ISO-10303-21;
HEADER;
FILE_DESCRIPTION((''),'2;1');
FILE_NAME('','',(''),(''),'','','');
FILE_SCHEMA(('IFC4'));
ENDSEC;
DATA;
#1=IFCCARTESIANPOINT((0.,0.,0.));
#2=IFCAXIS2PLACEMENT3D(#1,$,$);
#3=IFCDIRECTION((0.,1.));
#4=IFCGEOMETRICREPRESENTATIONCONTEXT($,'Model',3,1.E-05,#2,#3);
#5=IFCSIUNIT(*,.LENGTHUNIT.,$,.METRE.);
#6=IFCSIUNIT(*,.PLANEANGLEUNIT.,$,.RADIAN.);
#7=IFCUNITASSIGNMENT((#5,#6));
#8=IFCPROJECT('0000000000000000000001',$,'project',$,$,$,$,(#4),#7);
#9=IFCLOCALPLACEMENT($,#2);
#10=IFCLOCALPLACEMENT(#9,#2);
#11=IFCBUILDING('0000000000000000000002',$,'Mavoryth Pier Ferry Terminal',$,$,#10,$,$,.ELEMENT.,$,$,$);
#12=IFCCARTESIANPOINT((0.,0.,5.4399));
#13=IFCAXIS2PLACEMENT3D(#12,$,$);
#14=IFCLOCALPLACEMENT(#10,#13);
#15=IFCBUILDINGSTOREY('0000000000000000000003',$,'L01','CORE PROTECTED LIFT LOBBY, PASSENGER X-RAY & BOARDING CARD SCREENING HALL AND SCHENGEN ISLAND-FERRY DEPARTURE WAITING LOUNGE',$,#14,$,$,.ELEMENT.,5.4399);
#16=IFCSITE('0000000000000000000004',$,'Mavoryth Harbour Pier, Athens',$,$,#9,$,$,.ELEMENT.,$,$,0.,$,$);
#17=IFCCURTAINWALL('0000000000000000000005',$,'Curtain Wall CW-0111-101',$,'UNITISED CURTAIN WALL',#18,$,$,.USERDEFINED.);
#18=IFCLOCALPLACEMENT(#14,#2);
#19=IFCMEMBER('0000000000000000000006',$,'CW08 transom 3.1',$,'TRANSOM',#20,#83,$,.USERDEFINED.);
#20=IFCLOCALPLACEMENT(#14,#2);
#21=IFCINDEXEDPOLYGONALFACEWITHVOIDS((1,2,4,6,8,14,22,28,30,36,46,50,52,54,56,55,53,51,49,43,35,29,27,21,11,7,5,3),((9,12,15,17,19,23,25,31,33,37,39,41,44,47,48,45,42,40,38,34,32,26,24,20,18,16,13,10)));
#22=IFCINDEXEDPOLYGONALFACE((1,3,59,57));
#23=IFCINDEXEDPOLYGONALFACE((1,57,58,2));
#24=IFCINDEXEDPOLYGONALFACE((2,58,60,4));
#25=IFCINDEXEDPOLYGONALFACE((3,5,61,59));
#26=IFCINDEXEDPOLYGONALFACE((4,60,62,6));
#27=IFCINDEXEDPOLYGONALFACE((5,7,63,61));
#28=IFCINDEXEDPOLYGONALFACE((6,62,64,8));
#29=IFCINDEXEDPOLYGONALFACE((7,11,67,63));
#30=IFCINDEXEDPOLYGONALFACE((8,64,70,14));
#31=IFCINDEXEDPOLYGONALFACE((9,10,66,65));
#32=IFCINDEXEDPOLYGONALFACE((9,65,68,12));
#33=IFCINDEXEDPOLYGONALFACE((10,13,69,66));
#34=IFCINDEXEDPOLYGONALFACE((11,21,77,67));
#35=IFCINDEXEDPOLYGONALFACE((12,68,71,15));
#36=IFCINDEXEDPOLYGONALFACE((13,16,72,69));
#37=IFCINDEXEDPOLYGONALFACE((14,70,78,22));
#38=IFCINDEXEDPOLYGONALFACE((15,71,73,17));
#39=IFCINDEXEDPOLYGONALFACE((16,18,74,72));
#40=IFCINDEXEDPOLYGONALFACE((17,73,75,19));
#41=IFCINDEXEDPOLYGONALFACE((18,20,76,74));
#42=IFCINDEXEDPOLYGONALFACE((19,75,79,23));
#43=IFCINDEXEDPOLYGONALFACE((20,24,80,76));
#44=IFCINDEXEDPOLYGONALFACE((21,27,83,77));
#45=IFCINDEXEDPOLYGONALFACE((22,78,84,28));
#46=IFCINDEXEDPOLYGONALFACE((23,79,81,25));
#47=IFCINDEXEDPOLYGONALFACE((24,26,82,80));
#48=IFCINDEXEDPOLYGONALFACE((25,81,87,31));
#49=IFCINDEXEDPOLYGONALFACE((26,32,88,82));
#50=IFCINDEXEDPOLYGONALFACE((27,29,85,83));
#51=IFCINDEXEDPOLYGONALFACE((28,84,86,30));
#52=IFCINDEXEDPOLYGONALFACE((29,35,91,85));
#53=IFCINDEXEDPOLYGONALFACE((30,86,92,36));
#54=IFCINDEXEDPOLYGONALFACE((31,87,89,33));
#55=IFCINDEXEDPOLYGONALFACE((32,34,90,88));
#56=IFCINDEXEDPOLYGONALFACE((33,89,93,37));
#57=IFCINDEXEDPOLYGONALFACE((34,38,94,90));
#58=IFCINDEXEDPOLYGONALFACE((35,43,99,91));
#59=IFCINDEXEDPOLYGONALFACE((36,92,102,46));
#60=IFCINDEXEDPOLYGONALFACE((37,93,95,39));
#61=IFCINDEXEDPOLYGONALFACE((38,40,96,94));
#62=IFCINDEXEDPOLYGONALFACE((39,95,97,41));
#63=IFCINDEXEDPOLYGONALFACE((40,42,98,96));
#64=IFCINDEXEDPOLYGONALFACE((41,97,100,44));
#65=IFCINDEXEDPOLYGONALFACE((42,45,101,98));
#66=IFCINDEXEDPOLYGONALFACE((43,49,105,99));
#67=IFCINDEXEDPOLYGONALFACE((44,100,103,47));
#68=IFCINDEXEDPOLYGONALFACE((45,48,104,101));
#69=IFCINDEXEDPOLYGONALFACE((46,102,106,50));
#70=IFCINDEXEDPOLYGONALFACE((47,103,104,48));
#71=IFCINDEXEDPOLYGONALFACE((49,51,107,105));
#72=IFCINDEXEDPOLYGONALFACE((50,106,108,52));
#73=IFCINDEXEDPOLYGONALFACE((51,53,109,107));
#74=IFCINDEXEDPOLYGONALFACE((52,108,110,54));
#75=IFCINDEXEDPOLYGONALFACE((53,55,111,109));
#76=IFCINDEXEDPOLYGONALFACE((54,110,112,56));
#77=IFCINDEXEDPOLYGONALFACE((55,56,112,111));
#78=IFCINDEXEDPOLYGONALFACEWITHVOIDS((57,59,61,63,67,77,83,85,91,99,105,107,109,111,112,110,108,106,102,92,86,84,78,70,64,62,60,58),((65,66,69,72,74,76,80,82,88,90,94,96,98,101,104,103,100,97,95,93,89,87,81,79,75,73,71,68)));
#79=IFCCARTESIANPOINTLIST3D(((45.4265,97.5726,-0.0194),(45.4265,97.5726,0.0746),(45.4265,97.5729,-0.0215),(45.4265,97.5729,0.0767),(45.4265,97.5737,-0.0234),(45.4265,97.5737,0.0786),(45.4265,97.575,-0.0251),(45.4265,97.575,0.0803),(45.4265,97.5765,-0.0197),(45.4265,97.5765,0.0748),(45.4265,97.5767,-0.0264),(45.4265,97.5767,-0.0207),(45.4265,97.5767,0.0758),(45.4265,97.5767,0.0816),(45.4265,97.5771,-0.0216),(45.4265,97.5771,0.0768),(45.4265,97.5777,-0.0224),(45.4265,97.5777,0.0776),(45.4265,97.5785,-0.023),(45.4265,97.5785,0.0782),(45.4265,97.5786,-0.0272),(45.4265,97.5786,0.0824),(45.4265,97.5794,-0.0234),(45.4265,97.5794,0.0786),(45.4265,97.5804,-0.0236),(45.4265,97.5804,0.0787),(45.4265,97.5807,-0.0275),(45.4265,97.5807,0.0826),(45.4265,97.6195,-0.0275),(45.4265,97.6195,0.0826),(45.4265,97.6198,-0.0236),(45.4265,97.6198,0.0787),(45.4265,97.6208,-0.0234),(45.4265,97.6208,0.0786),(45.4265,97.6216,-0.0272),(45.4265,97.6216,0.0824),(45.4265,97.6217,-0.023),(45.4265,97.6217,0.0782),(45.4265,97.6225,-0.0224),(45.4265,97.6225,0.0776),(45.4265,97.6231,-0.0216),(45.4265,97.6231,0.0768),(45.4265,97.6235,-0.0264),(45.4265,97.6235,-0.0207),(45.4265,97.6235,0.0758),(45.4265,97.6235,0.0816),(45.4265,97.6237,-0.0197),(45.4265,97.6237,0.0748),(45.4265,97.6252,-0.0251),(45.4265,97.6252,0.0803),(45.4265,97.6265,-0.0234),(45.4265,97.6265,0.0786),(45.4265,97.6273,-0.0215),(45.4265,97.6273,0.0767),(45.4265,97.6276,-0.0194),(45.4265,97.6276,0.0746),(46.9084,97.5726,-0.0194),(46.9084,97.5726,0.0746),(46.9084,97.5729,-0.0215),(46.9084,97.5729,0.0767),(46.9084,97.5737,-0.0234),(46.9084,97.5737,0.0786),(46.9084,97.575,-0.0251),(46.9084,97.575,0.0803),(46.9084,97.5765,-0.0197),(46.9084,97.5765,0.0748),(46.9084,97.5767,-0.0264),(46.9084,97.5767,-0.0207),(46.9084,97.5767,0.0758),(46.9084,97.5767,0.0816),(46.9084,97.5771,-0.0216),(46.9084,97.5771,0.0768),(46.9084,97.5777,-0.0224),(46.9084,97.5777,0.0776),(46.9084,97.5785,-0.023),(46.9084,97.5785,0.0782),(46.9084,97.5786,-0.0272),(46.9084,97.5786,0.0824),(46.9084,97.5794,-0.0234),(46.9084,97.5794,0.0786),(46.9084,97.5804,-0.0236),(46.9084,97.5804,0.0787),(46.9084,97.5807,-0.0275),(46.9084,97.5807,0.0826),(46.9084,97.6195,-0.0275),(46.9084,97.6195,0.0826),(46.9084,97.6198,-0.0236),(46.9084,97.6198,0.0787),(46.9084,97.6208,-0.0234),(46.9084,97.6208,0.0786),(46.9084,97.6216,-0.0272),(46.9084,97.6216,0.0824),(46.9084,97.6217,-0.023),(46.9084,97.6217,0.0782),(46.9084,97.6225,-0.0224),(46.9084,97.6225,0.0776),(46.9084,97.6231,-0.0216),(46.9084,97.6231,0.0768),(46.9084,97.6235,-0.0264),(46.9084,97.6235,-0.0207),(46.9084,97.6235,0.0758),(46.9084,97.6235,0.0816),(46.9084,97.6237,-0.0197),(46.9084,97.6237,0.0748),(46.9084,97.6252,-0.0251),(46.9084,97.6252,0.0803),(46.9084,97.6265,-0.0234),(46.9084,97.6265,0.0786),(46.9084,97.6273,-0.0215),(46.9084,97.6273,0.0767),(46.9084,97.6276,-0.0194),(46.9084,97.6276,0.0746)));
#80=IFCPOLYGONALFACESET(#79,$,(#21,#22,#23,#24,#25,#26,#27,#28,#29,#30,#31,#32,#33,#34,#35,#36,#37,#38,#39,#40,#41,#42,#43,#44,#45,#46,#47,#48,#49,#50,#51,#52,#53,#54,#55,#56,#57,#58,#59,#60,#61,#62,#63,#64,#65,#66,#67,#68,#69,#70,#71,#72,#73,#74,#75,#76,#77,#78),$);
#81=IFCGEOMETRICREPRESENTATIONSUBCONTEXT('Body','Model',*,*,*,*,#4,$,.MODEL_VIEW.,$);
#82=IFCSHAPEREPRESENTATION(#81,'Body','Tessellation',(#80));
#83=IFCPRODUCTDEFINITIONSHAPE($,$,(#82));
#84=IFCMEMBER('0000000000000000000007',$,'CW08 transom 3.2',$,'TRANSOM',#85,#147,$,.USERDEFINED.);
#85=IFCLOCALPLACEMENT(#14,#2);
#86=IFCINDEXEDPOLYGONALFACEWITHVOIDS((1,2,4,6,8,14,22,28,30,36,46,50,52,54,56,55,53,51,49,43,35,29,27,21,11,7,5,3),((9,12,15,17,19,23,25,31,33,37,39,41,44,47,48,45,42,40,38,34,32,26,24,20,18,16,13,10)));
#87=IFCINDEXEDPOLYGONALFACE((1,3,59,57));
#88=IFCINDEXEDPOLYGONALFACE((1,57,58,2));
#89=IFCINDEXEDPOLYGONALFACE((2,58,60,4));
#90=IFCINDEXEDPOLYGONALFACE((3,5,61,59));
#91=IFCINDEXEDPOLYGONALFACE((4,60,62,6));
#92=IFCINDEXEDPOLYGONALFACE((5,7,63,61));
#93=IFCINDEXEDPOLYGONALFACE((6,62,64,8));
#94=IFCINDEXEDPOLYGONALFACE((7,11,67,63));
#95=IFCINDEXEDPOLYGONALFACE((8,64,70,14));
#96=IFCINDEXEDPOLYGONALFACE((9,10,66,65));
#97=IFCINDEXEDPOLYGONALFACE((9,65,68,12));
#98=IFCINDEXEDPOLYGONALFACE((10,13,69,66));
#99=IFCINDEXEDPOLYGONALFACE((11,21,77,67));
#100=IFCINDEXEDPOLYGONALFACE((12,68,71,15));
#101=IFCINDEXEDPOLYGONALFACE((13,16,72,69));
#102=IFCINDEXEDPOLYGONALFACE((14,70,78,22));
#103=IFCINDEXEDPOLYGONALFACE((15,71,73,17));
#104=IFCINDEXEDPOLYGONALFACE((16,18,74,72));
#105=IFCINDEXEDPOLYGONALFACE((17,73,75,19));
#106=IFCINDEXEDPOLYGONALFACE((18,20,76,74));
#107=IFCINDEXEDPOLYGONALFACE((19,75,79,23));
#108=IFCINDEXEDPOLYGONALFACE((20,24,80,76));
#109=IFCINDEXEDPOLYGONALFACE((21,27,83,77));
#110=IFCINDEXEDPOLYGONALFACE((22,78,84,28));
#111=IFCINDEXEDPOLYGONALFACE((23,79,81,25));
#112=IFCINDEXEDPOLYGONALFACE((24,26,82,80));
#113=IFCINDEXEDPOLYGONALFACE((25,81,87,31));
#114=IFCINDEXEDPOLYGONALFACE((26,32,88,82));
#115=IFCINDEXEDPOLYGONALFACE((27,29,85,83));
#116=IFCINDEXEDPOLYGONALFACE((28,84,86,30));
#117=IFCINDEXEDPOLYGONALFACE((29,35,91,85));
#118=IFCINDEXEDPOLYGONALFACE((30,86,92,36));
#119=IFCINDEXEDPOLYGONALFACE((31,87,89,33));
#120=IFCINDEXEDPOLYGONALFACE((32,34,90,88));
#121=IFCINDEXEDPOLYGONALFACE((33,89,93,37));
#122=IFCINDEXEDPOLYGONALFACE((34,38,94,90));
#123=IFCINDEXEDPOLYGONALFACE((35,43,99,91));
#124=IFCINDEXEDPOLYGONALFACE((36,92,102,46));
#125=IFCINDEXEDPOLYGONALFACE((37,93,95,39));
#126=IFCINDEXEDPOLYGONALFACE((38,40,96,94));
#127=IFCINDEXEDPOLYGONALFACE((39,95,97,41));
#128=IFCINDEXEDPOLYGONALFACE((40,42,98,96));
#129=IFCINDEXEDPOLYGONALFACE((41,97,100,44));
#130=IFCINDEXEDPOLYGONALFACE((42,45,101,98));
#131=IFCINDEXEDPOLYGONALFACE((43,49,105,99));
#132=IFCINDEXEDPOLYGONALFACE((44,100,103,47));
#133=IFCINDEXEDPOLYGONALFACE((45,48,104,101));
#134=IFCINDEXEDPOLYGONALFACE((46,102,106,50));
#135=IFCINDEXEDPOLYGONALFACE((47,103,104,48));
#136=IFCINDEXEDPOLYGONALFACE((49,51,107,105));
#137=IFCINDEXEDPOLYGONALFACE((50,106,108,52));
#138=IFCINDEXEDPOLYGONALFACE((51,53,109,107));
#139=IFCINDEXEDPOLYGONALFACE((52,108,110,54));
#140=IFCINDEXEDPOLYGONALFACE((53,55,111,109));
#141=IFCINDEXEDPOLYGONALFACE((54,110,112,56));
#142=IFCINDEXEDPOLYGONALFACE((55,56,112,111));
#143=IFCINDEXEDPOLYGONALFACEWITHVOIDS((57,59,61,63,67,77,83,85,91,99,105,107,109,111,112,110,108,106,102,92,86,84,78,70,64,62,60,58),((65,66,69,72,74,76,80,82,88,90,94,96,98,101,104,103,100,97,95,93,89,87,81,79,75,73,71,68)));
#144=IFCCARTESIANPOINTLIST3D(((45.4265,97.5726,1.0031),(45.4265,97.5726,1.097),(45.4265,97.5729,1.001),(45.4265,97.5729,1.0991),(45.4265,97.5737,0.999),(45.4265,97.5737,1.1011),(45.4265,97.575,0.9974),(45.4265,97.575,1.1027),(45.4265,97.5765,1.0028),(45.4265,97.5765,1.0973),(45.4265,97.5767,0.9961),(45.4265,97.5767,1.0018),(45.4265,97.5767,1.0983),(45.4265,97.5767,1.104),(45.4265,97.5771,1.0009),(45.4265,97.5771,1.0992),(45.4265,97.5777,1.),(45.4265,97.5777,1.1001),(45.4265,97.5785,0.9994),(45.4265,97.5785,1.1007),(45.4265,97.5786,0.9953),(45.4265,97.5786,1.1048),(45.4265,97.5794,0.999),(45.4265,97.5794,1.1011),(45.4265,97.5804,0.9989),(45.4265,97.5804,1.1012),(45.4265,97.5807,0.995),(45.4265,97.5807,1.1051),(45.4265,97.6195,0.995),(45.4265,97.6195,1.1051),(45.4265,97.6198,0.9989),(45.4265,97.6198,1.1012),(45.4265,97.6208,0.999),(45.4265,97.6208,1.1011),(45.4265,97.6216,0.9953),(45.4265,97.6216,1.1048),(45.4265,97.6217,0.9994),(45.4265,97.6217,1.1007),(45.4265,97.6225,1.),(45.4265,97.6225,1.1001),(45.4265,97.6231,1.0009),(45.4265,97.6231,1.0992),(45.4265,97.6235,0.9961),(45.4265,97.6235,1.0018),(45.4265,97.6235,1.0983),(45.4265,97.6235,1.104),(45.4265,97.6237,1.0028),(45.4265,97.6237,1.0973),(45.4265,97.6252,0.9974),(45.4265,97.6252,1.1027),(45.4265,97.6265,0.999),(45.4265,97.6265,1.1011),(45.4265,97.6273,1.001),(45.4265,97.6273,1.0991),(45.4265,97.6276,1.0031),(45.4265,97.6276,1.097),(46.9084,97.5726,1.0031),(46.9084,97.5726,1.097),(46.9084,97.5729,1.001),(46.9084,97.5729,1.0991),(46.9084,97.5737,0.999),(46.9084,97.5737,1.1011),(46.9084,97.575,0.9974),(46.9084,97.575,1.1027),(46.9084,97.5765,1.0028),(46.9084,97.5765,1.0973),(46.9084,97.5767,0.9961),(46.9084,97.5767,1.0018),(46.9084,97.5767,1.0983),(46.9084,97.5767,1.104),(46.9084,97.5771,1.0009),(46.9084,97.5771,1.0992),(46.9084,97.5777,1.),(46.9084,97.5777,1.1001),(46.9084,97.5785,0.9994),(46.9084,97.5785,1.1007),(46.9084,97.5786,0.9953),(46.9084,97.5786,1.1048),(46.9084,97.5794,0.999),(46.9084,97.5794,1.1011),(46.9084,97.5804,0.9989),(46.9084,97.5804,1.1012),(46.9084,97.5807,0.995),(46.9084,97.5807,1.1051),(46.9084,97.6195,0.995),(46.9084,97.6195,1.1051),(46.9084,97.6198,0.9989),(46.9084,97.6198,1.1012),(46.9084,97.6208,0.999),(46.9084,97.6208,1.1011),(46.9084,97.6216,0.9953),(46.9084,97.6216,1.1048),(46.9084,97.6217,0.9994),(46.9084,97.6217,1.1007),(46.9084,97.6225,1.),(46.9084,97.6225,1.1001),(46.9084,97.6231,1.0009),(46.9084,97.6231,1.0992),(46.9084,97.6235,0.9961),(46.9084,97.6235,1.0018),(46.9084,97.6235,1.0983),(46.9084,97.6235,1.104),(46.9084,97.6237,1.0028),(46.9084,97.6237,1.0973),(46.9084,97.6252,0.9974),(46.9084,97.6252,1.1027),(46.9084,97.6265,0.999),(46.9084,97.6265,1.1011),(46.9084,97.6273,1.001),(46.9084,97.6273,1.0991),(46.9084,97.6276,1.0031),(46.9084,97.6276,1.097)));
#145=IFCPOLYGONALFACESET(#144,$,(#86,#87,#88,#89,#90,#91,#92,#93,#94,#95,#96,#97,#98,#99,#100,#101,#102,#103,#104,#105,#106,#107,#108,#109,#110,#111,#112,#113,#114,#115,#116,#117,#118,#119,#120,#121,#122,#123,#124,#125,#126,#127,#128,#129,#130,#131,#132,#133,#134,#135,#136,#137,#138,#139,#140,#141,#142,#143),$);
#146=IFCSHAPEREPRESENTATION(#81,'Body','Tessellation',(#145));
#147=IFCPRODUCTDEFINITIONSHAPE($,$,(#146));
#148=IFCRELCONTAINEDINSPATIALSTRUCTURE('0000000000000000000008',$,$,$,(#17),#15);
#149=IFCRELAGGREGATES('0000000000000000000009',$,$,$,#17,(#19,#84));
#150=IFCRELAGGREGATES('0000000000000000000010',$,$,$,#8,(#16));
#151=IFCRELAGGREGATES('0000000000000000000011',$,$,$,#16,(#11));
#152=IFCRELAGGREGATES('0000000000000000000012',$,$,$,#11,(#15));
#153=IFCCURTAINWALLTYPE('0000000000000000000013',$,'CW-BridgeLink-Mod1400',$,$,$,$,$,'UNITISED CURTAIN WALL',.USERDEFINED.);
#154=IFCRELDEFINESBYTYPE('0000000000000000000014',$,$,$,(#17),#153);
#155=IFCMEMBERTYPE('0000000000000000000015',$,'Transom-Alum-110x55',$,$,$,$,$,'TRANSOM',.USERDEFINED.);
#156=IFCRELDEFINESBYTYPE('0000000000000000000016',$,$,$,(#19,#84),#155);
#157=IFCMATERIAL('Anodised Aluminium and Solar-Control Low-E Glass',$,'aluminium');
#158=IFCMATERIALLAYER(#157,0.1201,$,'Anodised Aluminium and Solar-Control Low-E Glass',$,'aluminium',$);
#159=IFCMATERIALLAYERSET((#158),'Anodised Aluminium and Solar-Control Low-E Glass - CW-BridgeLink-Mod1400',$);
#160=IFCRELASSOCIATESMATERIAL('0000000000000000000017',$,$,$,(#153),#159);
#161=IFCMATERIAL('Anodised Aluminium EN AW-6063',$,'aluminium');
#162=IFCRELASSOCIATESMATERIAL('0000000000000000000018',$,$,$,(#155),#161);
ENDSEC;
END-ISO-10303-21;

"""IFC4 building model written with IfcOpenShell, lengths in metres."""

from ifc_helpers import new_model, si_unit, direction, frame, origin, origin_2d, place, context, subcontext, project, spatial, hollow_rectangle, extrude, material, layer, layer_set, material_profile, profile_set, type_object, element, aggregate, save


model = new_model("IFC4")

# Units and contexts
model_context = context("Model", 3, precision=1e-05, world=origin(), true_north=direction((0.0, 1.0)))
body_context = subcontext(model_context, "Body", "Model", "MODEL_VIEW")
ifc_project = project(units=[si_unit("LENGTHUNIT", "METRE"), si_unit("PLANEANGLEUNIT", "RADIAN")], contexts=[model_context])

# Site, building, storey
site_placement = place(None, origin())
site = spatial("IfcSite", under=ifc_project, at=site_placement, Name="Mavoryth Harbour Pier, Athens", CompositionType="ELEMENT", RefElevation=0.0)
building_placement = place(site_placement, origin())
building = spatial("IfcBuilding", under=site, at=building_placement, Name="Mavoryth Pier Ferry Terminal", CompositionType="ELEMENT")
storey_placement = place(building_placement, frame((0.0, 0.0, 5.4399)))
storey = spatial("IfcBuildingStorey", under=building, at=storey_placement, Name="L01", Description="CORE PROTECTED LIFT LOBBY, PASSENGER X-RAY & BOARDING CARD SCREENING HALL AND SCHENGEN ISLAND-FERRY DEPARTURE WAITING LOUNGE", CompositionType="ELEMENT", Elevation=5.4399)

# Curtain wall
ifc_material_1 = material(Name="Anodised Aluminium and Solar-Control Low-E Glass", Category="aluminium")
ifc_layer_1 = layer(ifc_material_1, 0.1201, Name="Anodised Aluminium and Solar-Control Low-E Glass", Category="aluminium")
ifc_layer_set_1 = layer_set([ifc_layer_1], Name="Anodised Aluminium and Solar-Control Low-E Glass - CW-BridgeLink-Mod1400")
curtain_wall_type_1 = type_object("IfcCurtainWallType", Name="CW-BridgeLink-Mod1400", ElementType="UNITISED CURTAIN WALL", PredefinedType="USERDEFINED", material=ifc_layer_set_1)
curtain_wall_1_placement = place(storey_placement, origin())
curtain_wall_1 = element("IfcCurtainWall", 1, at=curtain_wall_1_placement, inside=storey, type_object=curtain_wall_type_1, Name="Curtain Wall CW-0111-101", ObjectType="UNITISED CURTAIN WALL", PredefinedType="USERDEFINED")
ifc_material_2 = material(Name="Anodised Aluminium EN AW-6063", Category="aluminium")

# Members
ifc_material_profile_1 = material_profile(ifc_material_2, hollow_rectangle(XDim=0.0549, YDim=0.1101, WallThickness=0.0039, InnerFilletRadius=0.0039, OuterFilletRadius=0.0081, at=origin_2d()), Name="AL-TRAN 110x55x4", Category="aluminium")
ifc_profile_set_1 = profile_set([ifc_material_profile_1], Name="Anodised Aluminium EN AW-6063 - AL-TRAN 110x55x4")
member_type_1 = type_object("IfcMemberType", Name="Transom-Alum-110x55", ElementType="TRANSOM", PredefinedType="USERDEFINED", material=ifc_profile_set_1)
member_1_placement = place(storey_placement, frame((45.4265, 97.6001, 0.0276), z_axis=(1.0, 0.0, 0.0), x_axis=(0.0, 1.0, 0.0)))
member_1 = element("IfcMember", 2, at=member_1_placement, type_object=member_type_1, Name="CW08 transom 3.1", ObjectType="TRANSOM", PredefinedType="USERDEFINED", context=body_context, shape_type="SweptSolid", body=[
    extrude(hollow_rectangle(XDim=0.0549, YDim=0.1101, WallThickness=0.0039, InnerFilletRadius=0.0039, OuterFilletRadius=0.0081, at=origin_2d()), origin(), (0.0, 0.0, 1.0), 1.4819),
])
member_2_placement = place(storey_placement, frame((45.4265, 97.6001, 1.05), z_axis=(1.0, 0.0, 0.0), x_axis=(0.0, 1.0, 0.0)))
member_2 = element("IfcMember", 3, at=member_2_placement, type_object=member_type_1, Name="CW08 transom 3.2", ObjectType="TRANSOM", PredefinedType="USERDEFINED", context=body_context, shape_type="SweptSolid", body=[
    extrude(hollow_rectangle(XDim=0.0549, YDim=0.1101, WallThickness=0.0039, InnerFilletRadius=0.0039, OuterFilletRadius=0.0081, at=origin_2d()), origin(), (0.0, 0.0, 1.0), 1.4819),
])

aggregate(curtain_wall_1, [member_1, member_2])

save(model, "model.ifc")
